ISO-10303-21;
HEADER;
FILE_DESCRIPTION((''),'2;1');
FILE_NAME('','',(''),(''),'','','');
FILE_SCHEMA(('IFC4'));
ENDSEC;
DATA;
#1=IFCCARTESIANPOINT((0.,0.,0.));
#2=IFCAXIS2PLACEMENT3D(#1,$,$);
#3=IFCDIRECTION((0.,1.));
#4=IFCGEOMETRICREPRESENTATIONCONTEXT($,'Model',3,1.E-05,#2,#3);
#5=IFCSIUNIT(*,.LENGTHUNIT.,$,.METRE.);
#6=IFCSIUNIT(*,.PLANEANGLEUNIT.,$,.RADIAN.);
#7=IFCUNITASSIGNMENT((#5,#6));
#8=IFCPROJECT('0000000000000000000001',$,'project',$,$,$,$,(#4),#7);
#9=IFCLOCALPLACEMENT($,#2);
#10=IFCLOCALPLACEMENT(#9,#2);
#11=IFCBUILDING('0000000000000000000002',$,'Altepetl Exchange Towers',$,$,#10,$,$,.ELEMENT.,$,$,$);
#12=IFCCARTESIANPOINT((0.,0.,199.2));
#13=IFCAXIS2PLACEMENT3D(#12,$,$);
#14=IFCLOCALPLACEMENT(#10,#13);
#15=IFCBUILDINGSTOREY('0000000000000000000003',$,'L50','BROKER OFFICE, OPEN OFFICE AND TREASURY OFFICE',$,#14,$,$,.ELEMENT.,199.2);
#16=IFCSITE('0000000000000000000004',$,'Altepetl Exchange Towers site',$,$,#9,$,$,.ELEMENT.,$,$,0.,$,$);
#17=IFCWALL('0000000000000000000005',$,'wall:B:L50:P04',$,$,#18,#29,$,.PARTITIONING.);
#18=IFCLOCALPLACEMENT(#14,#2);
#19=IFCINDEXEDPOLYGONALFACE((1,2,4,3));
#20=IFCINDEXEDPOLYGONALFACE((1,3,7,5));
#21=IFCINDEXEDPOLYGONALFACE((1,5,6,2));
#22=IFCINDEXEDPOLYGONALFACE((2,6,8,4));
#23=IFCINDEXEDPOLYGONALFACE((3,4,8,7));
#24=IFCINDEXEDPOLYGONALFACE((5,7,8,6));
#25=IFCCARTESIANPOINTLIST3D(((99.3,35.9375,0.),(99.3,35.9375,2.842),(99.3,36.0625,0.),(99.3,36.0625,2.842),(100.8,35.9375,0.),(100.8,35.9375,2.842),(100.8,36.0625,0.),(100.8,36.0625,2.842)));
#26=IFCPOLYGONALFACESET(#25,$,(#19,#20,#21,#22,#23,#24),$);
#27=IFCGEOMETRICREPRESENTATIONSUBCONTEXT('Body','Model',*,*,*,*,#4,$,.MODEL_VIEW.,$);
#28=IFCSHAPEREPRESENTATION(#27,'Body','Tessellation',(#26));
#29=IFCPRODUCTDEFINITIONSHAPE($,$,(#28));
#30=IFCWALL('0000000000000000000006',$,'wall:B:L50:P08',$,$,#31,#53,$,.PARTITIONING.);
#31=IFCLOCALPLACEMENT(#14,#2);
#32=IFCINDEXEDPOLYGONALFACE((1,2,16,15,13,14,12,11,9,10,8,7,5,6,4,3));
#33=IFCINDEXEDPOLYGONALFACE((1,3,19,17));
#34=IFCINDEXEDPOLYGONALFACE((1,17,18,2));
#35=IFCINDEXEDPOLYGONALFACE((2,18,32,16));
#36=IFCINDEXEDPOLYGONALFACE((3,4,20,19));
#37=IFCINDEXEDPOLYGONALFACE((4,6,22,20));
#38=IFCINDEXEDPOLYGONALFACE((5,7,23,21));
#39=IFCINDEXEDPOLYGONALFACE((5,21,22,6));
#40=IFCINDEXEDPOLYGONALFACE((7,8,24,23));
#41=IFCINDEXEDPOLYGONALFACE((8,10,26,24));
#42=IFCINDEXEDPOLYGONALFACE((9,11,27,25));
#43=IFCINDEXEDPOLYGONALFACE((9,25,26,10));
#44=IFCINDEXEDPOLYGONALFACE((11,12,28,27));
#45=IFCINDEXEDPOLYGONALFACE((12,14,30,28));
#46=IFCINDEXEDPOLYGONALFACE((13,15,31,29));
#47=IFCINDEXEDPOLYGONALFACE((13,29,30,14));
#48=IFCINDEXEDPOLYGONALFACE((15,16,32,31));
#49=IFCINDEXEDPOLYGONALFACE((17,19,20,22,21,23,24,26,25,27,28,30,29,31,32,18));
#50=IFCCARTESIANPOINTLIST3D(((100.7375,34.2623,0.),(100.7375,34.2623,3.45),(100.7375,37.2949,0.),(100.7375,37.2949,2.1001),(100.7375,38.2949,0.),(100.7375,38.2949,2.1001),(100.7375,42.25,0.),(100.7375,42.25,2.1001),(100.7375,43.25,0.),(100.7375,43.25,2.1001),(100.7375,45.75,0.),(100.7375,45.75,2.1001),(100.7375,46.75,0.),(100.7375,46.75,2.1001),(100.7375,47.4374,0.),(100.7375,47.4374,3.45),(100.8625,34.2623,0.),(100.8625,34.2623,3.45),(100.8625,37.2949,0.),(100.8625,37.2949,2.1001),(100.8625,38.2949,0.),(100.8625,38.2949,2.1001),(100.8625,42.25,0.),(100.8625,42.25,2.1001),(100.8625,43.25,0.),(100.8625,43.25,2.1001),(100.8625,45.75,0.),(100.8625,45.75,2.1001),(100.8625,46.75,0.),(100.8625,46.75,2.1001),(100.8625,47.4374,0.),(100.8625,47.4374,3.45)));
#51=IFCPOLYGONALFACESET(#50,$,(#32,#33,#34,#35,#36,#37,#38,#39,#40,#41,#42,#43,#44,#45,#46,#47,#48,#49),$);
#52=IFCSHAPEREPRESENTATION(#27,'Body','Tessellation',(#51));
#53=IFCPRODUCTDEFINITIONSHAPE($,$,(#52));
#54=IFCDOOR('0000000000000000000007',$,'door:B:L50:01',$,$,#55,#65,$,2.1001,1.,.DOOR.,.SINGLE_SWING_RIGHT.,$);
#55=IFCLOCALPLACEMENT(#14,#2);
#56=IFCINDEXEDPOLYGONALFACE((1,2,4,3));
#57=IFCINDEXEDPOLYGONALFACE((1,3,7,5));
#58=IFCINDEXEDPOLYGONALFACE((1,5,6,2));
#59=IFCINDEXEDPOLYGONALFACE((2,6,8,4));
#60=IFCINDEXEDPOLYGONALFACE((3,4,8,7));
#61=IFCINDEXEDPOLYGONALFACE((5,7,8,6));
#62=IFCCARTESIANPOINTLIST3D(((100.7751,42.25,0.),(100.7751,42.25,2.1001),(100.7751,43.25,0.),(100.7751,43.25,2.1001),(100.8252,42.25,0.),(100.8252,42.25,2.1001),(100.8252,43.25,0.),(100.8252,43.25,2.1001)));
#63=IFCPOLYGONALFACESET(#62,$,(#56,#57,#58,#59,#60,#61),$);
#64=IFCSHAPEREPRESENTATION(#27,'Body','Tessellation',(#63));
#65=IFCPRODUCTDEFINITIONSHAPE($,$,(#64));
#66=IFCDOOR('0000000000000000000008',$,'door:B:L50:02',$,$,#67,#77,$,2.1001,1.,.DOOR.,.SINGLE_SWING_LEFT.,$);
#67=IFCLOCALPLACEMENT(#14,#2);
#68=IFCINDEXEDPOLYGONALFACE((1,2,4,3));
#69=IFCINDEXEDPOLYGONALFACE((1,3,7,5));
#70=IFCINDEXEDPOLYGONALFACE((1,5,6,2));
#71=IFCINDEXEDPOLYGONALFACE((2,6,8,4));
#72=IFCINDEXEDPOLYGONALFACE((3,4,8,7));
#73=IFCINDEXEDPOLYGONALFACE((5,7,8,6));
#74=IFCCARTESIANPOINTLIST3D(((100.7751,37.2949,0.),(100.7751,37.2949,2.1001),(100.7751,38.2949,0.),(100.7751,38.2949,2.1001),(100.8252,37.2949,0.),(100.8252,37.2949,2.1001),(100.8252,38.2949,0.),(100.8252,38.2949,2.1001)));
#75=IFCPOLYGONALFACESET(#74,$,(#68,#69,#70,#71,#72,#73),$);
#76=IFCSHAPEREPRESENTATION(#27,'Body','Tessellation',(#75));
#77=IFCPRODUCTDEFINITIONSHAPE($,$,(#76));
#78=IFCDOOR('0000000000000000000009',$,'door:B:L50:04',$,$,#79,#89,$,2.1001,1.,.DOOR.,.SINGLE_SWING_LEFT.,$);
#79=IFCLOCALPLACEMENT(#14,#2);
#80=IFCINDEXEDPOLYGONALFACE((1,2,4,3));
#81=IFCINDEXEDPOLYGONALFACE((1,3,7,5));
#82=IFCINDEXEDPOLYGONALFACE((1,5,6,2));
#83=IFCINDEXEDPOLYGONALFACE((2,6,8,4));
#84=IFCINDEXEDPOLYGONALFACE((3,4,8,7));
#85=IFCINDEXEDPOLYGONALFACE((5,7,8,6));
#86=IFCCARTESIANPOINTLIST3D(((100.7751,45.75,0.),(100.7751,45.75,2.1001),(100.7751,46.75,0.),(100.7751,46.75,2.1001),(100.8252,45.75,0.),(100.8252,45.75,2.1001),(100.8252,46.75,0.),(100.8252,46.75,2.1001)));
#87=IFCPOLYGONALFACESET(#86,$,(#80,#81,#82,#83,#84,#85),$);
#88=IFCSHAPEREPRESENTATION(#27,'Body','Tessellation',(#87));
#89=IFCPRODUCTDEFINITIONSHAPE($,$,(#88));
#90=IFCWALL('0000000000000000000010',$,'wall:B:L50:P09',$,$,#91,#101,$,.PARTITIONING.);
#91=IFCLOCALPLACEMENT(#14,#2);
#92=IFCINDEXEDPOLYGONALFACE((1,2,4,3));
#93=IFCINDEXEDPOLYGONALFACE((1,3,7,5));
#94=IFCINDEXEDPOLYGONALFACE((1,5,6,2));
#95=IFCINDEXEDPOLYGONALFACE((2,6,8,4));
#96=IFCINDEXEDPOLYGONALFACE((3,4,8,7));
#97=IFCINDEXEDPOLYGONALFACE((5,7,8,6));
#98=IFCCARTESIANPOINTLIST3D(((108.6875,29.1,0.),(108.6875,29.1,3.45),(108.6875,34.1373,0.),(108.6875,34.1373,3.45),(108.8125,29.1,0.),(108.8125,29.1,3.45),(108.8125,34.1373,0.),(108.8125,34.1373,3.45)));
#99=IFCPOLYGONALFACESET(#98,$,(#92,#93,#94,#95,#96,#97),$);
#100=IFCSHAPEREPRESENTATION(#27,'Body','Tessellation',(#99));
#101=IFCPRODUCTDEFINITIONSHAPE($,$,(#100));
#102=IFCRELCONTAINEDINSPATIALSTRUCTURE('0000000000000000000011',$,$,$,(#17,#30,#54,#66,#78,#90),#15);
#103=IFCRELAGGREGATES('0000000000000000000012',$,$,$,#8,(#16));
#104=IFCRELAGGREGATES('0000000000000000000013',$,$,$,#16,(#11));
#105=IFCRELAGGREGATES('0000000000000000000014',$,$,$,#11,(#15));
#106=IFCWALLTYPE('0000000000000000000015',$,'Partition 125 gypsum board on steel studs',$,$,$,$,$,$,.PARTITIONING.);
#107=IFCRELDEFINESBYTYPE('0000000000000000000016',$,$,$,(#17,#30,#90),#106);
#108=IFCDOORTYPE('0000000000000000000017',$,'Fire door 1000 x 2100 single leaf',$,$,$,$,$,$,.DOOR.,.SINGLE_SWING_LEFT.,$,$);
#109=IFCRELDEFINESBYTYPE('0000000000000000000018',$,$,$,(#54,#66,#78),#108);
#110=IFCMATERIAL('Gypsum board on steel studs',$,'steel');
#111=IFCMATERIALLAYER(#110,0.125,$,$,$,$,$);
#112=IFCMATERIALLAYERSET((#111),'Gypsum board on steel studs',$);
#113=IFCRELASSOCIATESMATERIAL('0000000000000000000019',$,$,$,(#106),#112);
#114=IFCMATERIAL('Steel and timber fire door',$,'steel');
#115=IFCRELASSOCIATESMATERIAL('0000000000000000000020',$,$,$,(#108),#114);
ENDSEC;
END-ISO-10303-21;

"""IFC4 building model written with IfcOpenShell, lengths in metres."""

from ifc_helpers import new_model, si_unit, direction, frame, frame_2d, origin, place, context, subcontext, project, spatial, rectangle, extrude, material, layer, layer_set, type_object, element, fill, save


model = new_model("IFC4")

# Units and contexts
model_context = context("Model", 3, precision=1e-05, world=origin(), true_north=direction((0.0, 1.0)))
body_context = subcontext(model_context, "Body", "Model", "MODEL_VIEW")
ifc_project = project(units=[si_unit("LENGTHUNIT", "METRE"), si_unit("PLANEANGLEUNIT", "RADIAN")], contexts=[model_context])

# Site, building, storey
site_placement = place(None, origin())
site = spatial("IfcSite", under=ifc_project, at=site_placement, Name="Altepetl Exchange Towers site", CompositionType="ELEMENT", RefElevation=0.0)
building_placement = place(site_placement, origin())
building = spatial("IfcBuilding", under=site, at=building_placement, Name="Altepetl Exchange Towers", CompositionType="ELEMENT")
storey_placement = place(building_placement, frame((0.0, 0.0, 199.2)))
storey = spatial("IfcBuildingStorey", under=building, at=storey_placement, Name="L50", Description="BROKER OFFICE, OPEN OFFICE AND TREASURY OFFICE", CompositionType="ELEMENT", Elevation=199.2)

# Shared definitions
ifc_material_1 = material(Name="Gypsum board on steel studs", Category="steel")
ifc_layer_1 = layer(ifc_material_1, 0.125)
ifc_layer_set_1 = layer_set([ifc_layer_1], Name="Gypsum board on steel studs")
wall_type_1 = type_object("IfcWallType", Name="Partition 125 gypsum board on steel studs", PredefinedType="PARTITIONING", material=ifc_layer_set_1)
ifc_material_2 = material(Name="Steel and timber fire door", Category="steel")
door_type_1 = type_object("IfcDoorType", Name="Fire door 1000 x 2100 single leaf", OperationType="SINGLE_SWING_LEFT", PredefinedType="DOOR", material=ifc_material_2)

# Wall
wall_1_placement = place(storey_placement, frame((99.3, 36.0, 0.0)))
element("IfcWall", 1, at=wall_1_placement, inside=storey, type_object=wall_type_1, Name="wall:B:L50:P04", PredefinedType="PARTITIONING", context=body_context, shape_type="SweptSolid", body=[
    extrude(rectangle(XDim=1.5, YDim=0.125, at=frame_2d((0.75, 0.0))), origin(), (0.0, 0.0, 1.0), 2.842),
])

# Wall, openings, doors
wall_2_placement = place(storey_placement, frame((100.8, 34.2625, 0.0), z_axis=(0.0, 0.0, 1.0), x_axis=(0.0, 1.0, 0.0)))
wall_2 = element("IfcWall", 2, at=wall_2_placement, inside=storey, type_object=wall_type_1, Name="wall:B:L50:P08", PredefinedType="PARTITIONING", context=body_context, shape_type="SweptSolid", body=[
    extrude(rectangle(XDim=13.175, YDim=0.125, at=frame_2d((6.5874, 0.0))), origin(), (0.0, 0.0, 1.0), 3.45),
])
opening_1_placement = place(wall_2_placement, frame((7.9875, 0.0, 0.0)))
opening_1 = element("IfcOpeningElement", 3, at=opening_1_placement, cuts=wall_2, PredefinedType="OPENING", context=body_context, shape_type="SweptSolid", body=[
    extrude(rectangle(XDim=1.0, YDim=2.1001, at=frame_2d((0.5, 1.05))), frame((0.0, 0.0725, 0.0), z_axis=(0.0, -1.0, 0.0), x_axis=(1.0, 0.0, 0.0)), (0.0, 0.0, 1.0), 0.145),
])
opening_2_placement = place(wall_2_placement, frame((3.0325, 0.0, 0.0)))
opening_2 = element("IfcOpeningElement", 4, at=opening_2_placement, cuts=wall_2, PredefinedType="OPENING", context=body_context, shape_type="SweptSolid", body=[
    extrude(rectangle(XDim=1.0, YDim=2.1001, at=frame_2d((0.5, 1.05))), frame((0.0, 0.0725, 0.0), z_axis=(0.0, -1.0, 0.0), x_axis=(1.0, 0.0, 0.0)), (0.0, 0.0, 1.0), 0.145),
])
opening_3_placement = place(wall_2_placement, frame((11.4875, 0.0, 0.0)))
opening_3 = element("IfcOpeningElement", 5, at=opening_3_placement, cuts=wall_2, PredefinedType="OPENING", context=body_context, shape_type="SweptSolid", body=[
    extrude(rectangle(XDim=1.0, YDim=2.1001, at=frame_2d((0.5, 1.05))), frame((0.0, 0.0725, 0.0), z_axis=(0.0, -1.0, 0.0), x_axis=(1.0, 0.0, 0.0)), (0.0, 0.0, 1.0), 0.145),
])
door_1_placement = place(opening_1_placement, origin())
door_1 = element("IfcDoor", 6, at=door_1_placement, inside=storey, type_object=door_type_1, Name="door:B:L50:01", OperationType="SINGLE_SWING_RIGHT", OverallHeight=2.1001, OverallWidth=1.0, PredefinedType="DOOR", context=body_context, shape_type="SweptSolid", body=[
    extrude(rectangle(XDim=1.0, YDim=2.1001, at=frame_2d((0.5, 1.05))), frame((0.0, 0.0249, 0.0), z_axis=(0.0, -1.0, 0.0), x_axis=(1.0, 0.0, 0.0)), (0.0, 0.0, 1.0), 0.05),
])
fill(opening_1, door_1)
door_2_placement = place(opening_2_placement, origin())
door_2 = element("IfcDoor", 7, at=door_2_placement, inside=storey, type_object=door_type_1, Name="door:B:L50:02", OperationType="SINGLE_SWING_LEFT", OverallHeight=2.1001, OverallWidth=1.0, PredefinedType="DOOR", context=body_context, shape_type="SweptSolid", body=[
    extrude(rectangle(XDim=1.0, YDim=2.1001, at=frame_2d((0.5, 1.05))), frame((0.0, 0.0249, 0.0), z_axis=(0.0, -1.0, 0.0), x_axis=(1.0, 0.0, 0.0)), (0.0, 0.0, 1.0), 0.05),
])
fill(opening_2, door_2)
door_3_placement = place(opening_3_placement, origin())
door_3 = element("IfcDoor", 8, at=door_3_placement, inside=storey, type_object=door_type_1, Name="door:B:L50:04", OperationType="SINGLE_SWING_LEFT", OverallHeight=2.1001, OverallWidth=1.0, PredefinedType="DOOR", context=body_context, shape_type="SweptSolid", body=[
    extrude(rectangle(XDim=1.0, YDim=2.1001, at=frame_2d((0.5, 1.05))), frame((0.0, 0.0249, 0.0), z_axis=(0.0, -1.0, 0.0), x_axis=(1.0, 0.0, 0.0)), (0.0, 0.0, 1.0), 0.05),
])
fill(opening_3, door_3)

# Wall
wall_3_placement = place(storey_placement, frame((108.75, 29.1001, 0.0), z_axis=(0.0, 0.0, 1.0), x_axis=(0.0, 1.0, 0.0)))
element("IfcWall", 9, at=wall_3_placement, inside=storey, type_object=wall_type_1, Name="wall:B:L50:P09", PredefinedType="PARTITIONING", context=body_context, shape_type="SweptSolid", body=[
    extrude(rectangle(XDim=5.0374, YDim=0.125, at=frame_2d((2.5186, 0.0))), origin(), (0.0, 0.0, 1.0), 3.45),
])

save(model, "model.ifc")
